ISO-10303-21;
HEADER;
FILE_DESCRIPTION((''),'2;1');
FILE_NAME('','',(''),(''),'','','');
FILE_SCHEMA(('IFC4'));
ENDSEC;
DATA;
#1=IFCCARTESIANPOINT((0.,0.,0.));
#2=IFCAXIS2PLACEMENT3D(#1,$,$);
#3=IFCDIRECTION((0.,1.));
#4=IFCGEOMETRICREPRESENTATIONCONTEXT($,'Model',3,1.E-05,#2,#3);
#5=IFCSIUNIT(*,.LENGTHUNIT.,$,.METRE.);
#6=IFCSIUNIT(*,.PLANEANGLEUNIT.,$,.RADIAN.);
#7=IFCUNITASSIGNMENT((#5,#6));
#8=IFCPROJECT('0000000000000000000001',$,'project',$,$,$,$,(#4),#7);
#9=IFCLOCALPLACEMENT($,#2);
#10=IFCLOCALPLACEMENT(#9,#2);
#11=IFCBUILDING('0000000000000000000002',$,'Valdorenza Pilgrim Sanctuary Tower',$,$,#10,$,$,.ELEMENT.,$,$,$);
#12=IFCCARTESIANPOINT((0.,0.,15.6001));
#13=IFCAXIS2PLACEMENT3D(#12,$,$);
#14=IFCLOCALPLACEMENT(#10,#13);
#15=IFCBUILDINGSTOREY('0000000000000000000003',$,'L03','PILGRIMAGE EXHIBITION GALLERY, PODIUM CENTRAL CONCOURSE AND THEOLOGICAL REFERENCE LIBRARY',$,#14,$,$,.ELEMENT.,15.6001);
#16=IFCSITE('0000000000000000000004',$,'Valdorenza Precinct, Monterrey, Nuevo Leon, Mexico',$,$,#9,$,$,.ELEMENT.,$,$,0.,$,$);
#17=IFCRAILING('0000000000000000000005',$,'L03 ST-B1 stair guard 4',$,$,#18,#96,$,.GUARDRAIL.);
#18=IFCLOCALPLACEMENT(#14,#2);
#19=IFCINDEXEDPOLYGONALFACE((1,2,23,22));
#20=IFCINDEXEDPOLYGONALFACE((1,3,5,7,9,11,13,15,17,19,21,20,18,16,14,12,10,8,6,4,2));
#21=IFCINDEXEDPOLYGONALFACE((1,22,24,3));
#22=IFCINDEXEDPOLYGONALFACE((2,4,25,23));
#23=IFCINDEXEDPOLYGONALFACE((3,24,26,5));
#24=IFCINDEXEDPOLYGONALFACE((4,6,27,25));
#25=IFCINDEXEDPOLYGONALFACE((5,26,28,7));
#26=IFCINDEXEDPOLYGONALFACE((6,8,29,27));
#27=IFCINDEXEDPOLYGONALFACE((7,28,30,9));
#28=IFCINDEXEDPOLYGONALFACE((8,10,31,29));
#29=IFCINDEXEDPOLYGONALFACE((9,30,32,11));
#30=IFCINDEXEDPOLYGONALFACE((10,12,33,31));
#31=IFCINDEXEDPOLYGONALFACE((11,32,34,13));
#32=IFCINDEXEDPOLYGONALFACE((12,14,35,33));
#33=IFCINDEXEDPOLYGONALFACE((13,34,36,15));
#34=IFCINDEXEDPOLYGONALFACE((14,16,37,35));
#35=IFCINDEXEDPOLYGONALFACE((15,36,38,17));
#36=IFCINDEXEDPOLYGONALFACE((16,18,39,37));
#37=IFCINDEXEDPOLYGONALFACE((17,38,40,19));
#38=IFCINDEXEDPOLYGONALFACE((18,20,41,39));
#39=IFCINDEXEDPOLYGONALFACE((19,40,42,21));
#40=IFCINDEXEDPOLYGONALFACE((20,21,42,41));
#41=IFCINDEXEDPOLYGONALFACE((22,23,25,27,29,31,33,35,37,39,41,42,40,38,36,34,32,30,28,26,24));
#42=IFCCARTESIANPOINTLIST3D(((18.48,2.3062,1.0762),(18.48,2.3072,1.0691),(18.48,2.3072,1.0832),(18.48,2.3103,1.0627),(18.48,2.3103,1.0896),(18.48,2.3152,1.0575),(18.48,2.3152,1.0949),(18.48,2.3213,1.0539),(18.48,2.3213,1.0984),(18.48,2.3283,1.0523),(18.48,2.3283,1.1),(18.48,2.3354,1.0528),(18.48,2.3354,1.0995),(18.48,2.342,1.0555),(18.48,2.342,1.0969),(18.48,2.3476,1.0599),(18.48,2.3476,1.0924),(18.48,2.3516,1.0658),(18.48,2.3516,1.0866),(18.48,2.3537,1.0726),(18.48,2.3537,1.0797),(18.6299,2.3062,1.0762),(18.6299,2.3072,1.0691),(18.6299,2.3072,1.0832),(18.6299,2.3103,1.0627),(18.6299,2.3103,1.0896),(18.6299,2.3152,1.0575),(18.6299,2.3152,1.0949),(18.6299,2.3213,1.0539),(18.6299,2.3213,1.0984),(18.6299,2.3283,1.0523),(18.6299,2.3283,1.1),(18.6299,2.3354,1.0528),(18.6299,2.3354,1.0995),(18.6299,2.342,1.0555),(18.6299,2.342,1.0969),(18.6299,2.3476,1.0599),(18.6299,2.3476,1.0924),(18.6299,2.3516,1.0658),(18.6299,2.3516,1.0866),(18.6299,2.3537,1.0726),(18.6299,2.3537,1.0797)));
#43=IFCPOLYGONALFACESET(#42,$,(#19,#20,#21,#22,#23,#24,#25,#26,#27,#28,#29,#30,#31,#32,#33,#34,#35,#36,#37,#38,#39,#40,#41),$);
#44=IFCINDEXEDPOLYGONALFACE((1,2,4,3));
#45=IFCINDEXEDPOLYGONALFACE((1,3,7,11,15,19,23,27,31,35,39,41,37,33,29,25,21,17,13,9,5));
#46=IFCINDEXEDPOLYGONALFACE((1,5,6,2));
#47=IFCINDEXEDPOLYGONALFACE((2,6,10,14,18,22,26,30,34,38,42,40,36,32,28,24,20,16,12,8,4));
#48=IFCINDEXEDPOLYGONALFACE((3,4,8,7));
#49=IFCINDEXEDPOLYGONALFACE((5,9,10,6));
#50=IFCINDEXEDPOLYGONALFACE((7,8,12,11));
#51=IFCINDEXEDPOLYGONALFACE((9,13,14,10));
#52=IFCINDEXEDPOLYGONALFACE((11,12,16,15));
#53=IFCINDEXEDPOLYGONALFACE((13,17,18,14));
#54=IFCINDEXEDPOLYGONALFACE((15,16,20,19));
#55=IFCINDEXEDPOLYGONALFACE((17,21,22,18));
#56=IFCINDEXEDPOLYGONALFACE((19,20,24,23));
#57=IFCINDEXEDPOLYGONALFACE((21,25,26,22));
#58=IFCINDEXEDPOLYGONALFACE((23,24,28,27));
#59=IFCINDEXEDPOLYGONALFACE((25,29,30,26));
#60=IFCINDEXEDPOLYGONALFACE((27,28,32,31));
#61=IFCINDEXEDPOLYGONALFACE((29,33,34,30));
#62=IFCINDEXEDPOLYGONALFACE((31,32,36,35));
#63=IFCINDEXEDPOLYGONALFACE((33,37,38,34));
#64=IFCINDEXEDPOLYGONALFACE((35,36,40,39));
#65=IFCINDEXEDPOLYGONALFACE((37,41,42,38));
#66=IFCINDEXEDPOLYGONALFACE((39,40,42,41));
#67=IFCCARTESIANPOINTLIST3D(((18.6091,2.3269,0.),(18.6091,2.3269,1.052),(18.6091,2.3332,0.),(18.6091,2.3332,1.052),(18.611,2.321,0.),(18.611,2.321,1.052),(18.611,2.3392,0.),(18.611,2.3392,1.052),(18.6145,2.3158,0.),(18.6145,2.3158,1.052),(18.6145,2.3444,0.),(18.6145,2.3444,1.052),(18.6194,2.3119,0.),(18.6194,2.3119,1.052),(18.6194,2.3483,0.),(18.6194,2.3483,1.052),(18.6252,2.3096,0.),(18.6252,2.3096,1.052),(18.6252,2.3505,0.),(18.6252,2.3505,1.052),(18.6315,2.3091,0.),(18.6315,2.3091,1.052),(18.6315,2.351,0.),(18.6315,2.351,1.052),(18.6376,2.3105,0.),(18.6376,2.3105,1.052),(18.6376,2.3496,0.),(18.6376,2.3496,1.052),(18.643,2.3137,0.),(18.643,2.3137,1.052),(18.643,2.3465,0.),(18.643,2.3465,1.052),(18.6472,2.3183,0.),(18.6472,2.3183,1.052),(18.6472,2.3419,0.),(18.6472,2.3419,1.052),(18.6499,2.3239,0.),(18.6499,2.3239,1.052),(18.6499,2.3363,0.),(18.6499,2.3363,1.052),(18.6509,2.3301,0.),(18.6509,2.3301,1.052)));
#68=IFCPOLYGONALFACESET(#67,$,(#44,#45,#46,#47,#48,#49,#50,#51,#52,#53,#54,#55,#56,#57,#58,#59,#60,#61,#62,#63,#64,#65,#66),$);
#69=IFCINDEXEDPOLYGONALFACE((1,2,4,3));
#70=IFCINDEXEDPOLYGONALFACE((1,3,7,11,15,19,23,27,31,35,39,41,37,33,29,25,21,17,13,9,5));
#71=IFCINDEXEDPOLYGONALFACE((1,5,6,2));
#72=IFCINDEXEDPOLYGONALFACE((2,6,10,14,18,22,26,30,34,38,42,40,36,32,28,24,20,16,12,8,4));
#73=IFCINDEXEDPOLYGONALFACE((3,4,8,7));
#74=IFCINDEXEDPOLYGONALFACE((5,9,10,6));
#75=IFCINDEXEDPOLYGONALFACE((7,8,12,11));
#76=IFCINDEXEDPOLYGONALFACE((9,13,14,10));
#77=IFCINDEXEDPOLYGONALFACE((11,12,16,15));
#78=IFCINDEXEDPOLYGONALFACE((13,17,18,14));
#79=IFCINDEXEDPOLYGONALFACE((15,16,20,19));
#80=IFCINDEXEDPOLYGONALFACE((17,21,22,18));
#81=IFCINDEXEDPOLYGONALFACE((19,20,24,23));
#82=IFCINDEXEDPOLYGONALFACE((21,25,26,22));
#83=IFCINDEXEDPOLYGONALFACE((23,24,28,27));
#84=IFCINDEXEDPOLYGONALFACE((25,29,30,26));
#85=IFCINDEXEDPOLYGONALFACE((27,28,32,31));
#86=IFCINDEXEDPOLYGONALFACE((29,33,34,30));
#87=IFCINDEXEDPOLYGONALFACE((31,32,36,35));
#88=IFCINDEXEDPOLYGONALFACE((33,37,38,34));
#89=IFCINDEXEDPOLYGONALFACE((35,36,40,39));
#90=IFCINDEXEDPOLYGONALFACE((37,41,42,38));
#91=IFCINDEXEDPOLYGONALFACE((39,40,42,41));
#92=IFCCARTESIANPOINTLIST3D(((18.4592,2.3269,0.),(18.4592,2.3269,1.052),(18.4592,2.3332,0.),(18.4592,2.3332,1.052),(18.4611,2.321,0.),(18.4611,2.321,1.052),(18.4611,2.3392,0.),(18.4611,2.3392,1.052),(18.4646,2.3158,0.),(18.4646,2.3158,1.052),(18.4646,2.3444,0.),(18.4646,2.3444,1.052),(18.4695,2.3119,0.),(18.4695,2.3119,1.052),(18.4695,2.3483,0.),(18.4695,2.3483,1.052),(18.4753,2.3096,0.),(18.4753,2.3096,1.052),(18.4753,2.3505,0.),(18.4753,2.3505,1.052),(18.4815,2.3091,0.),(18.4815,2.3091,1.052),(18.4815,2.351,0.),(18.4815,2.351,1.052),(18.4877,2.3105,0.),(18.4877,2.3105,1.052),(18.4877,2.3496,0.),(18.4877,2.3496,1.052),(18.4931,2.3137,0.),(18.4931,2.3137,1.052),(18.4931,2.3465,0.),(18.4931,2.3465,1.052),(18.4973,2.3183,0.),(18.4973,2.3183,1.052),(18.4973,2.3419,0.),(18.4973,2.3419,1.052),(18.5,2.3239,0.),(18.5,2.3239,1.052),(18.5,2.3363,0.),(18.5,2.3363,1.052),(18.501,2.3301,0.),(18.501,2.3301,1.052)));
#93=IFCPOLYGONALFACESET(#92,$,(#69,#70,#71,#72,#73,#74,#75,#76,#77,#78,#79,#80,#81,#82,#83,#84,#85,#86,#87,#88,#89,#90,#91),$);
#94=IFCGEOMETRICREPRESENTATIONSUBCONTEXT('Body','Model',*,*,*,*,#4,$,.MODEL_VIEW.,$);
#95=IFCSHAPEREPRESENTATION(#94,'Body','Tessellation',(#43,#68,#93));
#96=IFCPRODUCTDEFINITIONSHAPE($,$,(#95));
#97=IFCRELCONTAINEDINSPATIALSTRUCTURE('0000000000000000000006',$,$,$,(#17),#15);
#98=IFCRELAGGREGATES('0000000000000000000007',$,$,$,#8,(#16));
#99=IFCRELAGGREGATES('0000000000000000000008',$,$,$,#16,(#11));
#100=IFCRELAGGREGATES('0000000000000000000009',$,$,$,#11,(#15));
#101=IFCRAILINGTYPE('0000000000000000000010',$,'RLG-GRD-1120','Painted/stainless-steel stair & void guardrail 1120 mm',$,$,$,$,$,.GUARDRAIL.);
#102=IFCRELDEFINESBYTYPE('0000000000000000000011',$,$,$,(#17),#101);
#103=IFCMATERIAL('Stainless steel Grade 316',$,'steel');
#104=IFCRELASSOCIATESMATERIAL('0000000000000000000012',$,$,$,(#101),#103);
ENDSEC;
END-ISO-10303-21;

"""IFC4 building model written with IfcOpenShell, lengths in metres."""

from ifc_helpers import new_model, si_unit, direction, frame, origin, origin_2d, place, context, subcontext, project, spatial, circle, extrude, material, type_object, element, save


model = new_model("IFC4")

# Units and contexts
model_context = context("Model", 3, precision=1e-05, world=origin(), true_north=direction((0.0, 1.0)))
body_context = subcontext(model_context, "Body", "Model", "MODEL_VIEW")
ifc_project = project(units=[si_unit("LENGTHUNIT", "METRE"), si_unit("PLANEANGLEUNIT", "RADIAN")], contexts=[model_context])

# Site, building, storey
site_placement = place(None, origin())
site = spatial("IfcSite", under=ifc_project, at=site_placement, Name="Valdorenza Precinct, Monterrey, Nuevo Leon, Mexico", CompositionType="ELEMENT", RefElevation=0.0)
building_placement = place(site_placement, origin())
building = spatial("IfcBuilding", under=site, at=building_placement, Name="Valdorenza Pilgrim Sanctuary Tower", CompositionType="ELEMENT")
storey_placement = place(building_placement, frame((0.0, 0.0, 15.6001)))
storey = spatial("IfcBuildingStorey", under=building, at=storey_placement, Name="L03", Description="PILGRIMAGE EXHIBITION GALLERY, PODIUM CENTRAL CONCOURSE AND THEOLOGICAL REFERENCE LIBRARY", CompositionType="ELEMENT", Elevation=15.6001)

# Railing
ifc_material_1 = material(Name="Stainless steel Grade 316", Category="steel")
railing_type_1 = type_object("IfcRailingType", Name="RLG-GRD-1120", Description="Painted/stainless-steel stair & void guardrail 1120 mm", PredefinedType="GUARDRAIL", material=ifc_material_1)
railing_1_placement = place(storey_placement, frame((18.6299, 2.3301, 0.0)))
element("IfcRailing", 1, at=railing_1_placement, inside=storey, type_object=railing_type_1, Name="L03 ST-B1 stair guard 4", PredefinedType="GUARDRAIL", context=body_context, shape_type="SweptSolid", body=[
    extrude(circle(Radius=0.0239, at=origin_2d()), frame((0.0, 0.0, 1.0762), z_axis=(-1.0, 0.0, 0.0), x_axis=(0.0, -1.0, 0.0)), (0.0, 0.0, 1.0), 0.1499),
    extrude(circle(Radius=0.021, at=origin_2d()), origin(), (0.0, 0.0, 1.0), 1.052),
    extrude(circle(Radius=0.021, at=origin_2d()), frame((-0.1499, 0.0, 0.0)), (0.0, 0.0, 1.0), 1.052),
])

save(model, "model.ifc")
